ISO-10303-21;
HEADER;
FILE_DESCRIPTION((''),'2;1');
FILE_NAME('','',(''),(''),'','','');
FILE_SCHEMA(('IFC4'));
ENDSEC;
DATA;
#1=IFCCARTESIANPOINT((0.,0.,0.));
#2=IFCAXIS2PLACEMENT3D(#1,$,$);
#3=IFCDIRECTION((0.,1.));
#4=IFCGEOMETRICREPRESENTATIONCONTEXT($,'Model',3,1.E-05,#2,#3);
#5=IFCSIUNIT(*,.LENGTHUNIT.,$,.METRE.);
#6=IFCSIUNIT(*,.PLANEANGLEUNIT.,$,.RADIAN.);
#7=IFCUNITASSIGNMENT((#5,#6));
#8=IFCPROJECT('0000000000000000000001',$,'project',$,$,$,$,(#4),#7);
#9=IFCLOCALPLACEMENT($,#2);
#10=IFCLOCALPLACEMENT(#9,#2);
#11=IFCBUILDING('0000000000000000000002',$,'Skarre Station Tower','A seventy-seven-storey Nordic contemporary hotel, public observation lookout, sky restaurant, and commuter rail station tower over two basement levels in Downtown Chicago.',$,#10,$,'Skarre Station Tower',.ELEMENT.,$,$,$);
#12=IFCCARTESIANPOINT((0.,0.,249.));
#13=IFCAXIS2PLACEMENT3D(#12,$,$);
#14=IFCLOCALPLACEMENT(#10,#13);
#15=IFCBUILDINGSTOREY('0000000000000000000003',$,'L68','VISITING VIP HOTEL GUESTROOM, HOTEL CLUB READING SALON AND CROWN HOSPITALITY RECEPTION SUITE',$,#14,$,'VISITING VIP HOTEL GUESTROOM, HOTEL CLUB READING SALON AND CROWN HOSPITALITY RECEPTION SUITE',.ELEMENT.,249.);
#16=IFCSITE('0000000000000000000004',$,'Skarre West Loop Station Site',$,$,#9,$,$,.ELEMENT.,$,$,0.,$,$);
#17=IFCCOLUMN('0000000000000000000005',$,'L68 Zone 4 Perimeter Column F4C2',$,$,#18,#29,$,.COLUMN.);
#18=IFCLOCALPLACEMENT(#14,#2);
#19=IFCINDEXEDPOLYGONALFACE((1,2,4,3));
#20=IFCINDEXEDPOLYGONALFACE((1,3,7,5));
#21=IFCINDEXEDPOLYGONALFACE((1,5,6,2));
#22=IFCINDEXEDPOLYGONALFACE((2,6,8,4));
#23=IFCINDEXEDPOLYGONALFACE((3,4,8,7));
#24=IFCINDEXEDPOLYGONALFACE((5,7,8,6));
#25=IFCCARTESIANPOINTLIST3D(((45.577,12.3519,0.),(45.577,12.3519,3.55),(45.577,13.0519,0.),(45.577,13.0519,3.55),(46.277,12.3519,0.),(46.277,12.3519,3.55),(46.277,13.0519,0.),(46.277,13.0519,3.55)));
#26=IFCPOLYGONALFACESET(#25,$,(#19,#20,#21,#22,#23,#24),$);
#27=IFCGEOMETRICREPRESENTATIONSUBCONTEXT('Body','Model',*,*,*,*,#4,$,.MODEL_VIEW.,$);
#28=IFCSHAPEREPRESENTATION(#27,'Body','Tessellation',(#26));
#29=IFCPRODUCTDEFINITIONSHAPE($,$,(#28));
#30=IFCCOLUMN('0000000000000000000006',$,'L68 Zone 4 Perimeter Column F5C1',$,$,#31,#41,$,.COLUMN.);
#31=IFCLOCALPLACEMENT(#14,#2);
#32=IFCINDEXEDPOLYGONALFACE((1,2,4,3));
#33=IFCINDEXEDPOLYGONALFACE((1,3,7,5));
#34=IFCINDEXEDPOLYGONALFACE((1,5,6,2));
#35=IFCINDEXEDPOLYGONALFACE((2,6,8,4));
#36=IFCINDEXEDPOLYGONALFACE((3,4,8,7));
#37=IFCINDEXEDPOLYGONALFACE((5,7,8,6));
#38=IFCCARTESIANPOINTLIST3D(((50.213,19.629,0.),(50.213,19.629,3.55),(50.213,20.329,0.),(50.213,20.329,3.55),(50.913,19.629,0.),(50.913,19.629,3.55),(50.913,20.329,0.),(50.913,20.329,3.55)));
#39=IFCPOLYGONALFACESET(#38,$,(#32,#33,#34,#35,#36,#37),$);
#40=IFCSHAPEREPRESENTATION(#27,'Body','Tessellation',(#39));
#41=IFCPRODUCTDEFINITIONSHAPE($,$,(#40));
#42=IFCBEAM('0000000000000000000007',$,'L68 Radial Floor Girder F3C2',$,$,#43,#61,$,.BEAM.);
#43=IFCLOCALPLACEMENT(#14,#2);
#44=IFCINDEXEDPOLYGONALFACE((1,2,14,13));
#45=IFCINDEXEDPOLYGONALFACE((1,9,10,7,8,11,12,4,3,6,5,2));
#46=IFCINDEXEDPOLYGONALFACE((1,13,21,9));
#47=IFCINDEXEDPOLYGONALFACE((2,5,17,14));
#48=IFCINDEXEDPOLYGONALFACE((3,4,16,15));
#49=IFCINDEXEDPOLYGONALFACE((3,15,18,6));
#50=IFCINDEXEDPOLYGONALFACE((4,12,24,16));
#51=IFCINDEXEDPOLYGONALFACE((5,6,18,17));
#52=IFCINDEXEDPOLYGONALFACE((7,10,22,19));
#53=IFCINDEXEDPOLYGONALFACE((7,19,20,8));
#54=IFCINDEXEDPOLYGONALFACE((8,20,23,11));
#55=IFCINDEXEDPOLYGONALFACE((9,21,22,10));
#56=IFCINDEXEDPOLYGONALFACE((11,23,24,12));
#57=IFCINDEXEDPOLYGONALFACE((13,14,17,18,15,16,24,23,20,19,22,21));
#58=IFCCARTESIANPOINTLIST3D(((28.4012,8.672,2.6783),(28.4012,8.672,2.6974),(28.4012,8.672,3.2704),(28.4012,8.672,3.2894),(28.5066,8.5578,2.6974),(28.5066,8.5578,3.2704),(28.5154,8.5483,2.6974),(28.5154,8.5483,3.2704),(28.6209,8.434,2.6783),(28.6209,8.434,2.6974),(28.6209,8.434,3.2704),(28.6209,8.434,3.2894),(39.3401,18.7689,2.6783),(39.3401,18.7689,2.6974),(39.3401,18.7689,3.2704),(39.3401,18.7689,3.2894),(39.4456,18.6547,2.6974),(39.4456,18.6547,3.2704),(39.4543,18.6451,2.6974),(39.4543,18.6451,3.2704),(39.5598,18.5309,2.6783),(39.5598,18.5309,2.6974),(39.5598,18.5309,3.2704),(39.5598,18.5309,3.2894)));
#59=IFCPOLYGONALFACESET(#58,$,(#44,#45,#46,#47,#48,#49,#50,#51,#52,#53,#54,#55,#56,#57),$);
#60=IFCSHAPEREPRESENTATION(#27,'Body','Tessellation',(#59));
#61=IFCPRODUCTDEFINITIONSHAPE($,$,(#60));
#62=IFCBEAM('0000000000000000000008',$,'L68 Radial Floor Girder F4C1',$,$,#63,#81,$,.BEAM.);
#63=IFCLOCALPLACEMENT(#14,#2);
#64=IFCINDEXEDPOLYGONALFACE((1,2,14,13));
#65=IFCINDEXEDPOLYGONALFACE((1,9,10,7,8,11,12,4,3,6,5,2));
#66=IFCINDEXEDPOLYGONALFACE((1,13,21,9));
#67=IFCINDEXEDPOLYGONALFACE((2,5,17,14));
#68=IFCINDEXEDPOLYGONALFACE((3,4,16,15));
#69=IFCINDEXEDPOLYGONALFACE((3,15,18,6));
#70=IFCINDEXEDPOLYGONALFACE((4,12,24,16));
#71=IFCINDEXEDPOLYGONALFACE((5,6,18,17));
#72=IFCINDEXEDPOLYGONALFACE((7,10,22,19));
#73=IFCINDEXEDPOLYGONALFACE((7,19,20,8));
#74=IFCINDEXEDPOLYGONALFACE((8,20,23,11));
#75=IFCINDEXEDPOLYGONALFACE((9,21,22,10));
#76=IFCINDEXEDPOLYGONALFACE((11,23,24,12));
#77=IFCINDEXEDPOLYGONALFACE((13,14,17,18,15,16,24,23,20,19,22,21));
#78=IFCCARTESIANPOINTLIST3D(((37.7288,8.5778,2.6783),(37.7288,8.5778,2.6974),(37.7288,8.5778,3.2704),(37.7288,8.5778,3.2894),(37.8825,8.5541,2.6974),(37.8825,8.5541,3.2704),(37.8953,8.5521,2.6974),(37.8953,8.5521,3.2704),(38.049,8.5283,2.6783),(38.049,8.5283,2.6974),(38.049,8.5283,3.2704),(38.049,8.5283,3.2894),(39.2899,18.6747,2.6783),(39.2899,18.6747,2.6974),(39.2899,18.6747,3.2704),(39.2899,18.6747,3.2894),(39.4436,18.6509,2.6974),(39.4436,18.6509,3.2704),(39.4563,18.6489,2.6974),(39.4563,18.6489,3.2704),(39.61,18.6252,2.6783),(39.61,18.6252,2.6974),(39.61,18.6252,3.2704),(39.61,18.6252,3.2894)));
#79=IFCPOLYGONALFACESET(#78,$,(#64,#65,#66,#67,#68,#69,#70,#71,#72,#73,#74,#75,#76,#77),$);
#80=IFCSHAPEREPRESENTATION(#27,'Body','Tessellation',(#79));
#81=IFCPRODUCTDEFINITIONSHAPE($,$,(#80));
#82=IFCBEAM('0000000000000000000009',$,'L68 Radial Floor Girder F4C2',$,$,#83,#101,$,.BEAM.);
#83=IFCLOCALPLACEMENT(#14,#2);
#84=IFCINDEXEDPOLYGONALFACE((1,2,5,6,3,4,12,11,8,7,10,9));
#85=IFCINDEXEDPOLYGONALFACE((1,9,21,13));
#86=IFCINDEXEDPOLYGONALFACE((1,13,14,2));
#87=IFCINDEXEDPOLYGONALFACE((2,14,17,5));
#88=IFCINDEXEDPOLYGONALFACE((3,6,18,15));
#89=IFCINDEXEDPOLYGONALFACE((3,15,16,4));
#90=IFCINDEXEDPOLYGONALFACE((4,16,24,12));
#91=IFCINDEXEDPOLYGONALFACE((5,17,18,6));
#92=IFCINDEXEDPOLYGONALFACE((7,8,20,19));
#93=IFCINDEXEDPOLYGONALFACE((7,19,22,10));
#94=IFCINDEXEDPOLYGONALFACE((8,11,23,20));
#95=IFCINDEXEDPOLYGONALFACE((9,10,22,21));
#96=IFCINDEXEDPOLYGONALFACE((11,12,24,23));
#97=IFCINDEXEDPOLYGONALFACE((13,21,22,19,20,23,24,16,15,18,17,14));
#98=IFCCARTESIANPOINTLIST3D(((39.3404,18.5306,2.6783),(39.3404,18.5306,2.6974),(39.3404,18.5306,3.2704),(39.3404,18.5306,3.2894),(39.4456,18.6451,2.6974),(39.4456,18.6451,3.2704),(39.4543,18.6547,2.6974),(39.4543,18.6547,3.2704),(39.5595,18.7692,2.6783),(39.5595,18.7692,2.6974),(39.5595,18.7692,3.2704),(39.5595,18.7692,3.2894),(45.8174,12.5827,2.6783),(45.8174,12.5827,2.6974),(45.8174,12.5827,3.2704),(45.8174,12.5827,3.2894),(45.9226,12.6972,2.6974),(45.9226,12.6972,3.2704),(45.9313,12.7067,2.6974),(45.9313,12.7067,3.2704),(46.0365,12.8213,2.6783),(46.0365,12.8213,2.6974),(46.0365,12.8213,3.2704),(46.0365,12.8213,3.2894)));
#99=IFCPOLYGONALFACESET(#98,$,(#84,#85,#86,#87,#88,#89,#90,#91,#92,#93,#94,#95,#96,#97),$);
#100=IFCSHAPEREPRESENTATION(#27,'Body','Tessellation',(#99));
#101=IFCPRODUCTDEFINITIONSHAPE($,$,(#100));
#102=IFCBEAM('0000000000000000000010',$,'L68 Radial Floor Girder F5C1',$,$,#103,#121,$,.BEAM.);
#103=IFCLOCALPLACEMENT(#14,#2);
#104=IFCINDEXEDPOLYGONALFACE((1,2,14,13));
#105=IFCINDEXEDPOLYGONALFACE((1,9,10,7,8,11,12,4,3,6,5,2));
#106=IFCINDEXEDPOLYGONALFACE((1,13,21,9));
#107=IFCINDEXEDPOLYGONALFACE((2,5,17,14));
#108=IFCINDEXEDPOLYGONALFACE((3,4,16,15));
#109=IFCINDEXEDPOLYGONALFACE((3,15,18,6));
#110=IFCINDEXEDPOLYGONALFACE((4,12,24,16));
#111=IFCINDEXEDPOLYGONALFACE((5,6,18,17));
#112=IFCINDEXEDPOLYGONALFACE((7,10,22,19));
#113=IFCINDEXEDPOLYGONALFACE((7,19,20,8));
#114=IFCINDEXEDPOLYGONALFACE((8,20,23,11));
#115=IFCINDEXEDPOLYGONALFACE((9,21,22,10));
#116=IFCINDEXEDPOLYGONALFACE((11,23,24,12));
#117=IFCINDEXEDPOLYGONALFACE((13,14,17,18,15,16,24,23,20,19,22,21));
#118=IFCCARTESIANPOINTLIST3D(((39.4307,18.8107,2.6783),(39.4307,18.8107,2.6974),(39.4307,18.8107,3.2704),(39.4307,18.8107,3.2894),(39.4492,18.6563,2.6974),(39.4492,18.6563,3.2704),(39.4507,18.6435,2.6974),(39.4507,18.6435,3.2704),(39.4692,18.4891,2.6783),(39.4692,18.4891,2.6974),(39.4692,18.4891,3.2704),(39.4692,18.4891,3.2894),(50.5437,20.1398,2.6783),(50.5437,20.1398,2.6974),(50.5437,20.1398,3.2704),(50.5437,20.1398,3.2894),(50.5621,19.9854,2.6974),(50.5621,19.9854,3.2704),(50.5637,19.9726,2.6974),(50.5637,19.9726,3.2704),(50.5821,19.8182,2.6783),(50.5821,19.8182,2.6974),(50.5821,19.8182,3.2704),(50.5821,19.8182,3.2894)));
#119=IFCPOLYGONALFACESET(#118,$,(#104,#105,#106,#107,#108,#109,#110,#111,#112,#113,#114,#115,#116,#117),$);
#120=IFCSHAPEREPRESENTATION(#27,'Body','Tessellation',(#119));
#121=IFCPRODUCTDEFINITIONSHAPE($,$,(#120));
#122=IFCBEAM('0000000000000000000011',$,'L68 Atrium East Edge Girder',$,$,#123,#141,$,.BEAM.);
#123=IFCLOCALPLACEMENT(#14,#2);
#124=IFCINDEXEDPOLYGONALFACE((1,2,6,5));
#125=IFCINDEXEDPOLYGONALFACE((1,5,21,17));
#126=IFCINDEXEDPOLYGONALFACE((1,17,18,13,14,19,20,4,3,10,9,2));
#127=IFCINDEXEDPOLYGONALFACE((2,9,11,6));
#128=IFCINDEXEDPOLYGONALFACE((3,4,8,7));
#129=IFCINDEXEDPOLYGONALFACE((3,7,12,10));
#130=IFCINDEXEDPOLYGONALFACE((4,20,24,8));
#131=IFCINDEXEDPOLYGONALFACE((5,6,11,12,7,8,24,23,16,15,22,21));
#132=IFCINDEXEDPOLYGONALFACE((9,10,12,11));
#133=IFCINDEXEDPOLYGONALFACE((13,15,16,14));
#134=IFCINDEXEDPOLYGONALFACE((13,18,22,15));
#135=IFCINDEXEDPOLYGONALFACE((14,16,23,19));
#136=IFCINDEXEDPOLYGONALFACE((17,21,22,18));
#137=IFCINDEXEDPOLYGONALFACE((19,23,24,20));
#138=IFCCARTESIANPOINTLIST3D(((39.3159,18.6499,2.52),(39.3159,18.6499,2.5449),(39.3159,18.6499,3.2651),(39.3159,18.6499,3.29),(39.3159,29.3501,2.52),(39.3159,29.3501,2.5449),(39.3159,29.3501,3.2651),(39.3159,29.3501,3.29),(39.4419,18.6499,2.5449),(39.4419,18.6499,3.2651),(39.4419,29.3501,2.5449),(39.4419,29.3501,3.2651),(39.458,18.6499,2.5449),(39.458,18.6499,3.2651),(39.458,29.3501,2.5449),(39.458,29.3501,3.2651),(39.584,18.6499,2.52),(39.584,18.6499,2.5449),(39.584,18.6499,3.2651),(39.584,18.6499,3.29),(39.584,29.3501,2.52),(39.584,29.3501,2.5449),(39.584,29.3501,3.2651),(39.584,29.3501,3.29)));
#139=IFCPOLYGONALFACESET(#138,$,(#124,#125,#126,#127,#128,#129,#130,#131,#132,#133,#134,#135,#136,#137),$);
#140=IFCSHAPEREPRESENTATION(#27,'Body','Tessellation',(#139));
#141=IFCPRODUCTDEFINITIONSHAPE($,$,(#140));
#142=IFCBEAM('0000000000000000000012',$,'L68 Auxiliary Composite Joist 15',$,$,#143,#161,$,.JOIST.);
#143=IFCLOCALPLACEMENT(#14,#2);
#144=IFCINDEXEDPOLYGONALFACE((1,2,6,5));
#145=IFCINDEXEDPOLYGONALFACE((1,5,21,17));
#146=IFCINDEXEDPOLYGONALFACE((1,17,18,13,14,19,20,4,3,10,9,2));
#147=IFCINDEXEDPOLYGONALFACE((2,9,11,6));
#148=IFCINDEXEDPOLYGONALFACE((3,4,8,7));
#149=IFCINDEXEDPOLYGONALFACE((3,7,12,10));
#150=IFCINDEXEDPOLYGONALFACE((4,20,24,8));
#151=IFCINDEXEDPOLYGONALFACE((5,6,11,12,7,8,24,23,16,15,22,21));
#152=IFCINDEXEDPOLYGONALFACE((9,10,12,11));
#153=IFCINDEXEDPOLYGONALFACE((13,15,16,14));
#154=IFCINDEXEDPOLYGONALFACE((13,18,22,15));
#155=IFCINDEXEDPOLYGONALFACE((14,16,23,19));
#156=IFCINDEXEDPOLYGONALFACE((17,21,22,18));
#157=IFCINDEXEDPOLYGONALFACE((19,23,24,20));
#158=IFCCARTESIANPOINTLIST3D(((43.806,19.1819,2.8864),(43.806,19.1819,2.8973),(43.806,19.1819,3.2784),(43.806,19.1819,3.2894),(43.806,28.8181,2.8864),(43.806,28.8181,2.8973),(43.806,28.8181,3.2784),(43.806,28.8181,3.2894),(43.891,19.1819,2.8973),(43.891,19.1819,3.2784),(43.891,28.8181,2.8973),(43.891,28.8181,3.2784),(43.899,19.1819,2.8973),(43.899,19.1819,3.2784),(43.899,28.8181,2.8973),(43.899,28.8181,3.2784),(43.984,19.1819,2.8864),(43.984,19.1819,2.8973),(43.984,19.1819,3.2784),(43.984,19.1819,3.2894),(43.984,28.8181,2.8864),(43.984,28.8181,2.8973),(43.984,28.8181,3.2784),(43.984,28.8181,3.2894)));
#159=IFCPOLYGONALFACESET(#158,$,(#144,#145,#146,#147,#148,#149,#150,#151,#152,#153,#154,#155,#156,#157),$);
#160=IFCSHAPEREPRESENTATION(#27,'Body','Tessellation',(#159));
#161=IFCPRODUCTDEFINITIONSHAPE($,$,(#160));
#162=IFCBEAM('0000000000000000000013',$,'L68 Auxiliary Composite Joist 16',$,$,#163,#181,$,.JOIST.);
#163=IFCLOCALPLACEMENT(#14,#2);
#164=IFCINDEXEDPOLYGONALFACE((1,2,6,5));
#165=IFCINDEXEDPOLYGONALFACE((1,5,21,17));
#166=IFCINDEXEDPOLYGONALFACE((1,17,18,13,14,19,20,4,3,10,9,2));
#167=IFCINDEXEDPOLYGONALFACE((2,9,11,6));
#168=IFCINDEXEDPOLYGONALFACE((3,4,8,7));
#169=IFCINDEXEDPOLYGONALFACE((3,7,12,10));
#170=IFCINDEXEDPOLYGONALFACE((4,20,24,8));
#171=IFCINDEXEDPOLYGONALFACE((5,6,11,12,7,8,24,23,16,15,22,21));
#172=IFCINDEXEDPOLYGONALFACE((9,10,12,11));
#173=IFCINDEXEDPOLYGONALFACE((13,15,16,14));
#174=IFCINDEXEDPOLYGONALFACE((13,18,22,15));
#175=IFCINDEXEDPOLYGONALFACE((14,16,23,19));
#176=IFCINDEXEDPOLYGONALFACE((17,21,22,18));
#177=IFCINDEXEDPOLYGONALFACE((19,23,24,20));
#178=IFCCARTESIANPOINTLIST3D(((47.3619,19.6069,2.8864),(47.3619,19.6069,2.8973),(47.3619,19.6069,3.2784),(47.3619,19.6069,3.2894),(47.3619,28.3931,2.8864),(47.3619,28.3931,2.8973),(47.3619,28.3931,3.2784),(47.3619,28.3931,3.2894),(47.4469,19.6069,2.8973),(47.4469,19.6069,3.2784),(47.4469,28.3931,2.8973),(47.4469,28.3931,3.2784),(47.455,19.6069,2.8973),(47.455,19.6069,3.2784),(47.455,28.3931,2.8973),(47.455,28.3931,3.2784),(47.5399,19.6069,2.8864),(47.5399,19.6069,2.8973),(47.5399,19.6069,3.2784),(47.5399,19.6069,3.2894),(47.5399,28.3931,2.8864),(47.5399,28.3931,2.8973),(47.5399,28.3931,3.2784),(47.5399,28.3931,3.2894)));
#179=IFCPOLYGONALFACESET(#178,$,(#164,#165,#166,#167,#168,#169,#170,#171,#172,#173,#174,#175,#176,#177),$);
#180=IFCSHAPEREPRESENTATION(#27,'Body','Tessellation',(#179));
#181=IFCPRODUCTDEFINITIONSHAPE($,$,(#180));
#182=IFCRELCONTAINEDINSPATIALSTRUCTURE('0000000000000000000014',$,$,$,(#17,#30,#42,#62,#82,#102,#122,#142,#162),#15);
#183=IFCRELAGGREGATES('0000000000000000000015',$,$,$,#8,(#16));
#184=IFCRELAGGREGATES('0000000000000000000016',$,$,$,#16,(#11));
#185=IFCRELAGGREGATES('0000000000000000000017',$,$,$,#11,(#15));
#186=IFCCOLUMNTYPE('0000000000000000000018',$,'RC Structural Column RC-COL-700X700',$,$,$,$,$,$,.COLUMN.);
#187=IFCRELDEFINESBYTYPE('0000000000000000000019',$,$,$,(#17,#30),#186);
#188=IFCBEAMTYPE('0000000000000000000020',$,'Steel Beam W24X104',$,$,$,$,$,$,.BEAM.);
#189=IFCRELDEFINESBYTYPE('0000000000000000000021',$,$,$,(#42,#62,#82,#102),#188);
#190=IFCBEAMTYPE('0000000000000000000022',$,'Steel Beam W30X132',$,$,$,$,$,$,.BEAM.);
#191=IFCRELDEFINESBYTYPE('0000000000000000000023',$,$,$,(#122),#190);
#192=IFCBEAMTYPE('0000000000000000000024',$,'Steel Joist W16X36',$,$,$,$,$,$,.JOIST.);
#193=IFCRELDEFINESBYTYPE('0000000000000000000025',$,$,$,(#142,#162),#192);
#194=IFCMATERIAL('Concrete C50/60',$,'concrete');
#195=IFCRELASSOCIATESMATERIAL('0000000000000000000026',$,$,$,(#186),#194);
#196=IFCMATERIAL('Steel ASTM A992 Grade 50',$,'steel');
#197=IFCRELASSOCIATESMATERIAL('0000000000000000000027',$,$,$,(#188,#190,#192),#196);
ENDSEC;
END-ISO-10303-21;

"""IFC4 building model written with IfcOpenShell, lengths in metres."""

from ifc_helpers import new_model, si_unit, direction, frame, origin, origin_2d, place, context, subcontext, project, spatial, rectangle, i_section, extrude, material, material_profile, profile_set, type_object, element, save


model = new_model("IFC4")

# Units and contexts
model_context = context("Model", 3, precision=1e-05, world=origin(), true_north=direction((0.0, 1.0)))
body_context = subcontext(model_context, "Body", "Model", "MODEL_VIEW")
ifc_project = project(units=[si_unit("LENGTHUNIT", "METRE"), si_unit("PLANEANGLEUNIT", "RADIAN")], contexts=[model_context])

# Site, building, storey
site_placement = place(None, origin())
site = spatial("IfcSite", under=ifc_project, at=site_placement, Name="Skarre West Loop Station Site", CompositionType="ELEMENT", RefElevation=0.0)
building_placement = place(site_placement, origin())
building = spatial("IfcBuilding", under=site, at=building_placement, Name="Skarre Station Tower", Description="A seventy-seven-storey Nordic contemporary hotel, public observation lookout, sky restaurant, and commuter rail station tower over two basement levels in Downtown Chicago.", LongName="Skarre Station Tower", CompositionType="ELEMENT")
storey_placement = place(building_placement, frame((0.0, 0.0, 249.0)))
storey = spatial("IfcBuildingStorey", under=building, at=storey_placement, Name="L68", Description="VISITING VIP HOTEL GUESTROOM, HOTEL CLUB READING SALON AND CROWN HOSPITALITY RECEPTION SUITE", LongName="VISITING VIP HOTEL GUESTROOM, HOTEL CLUB READING SALON AND CROWN HOSPITALITY RECEPTION SUITE", CompositionType="ELEMENT", Elevation=249.0)

# Columns
ifc_material_1 = material(Name="Concrete C50/60", Category="concrete")
ifc_material_profile_1 = material_profile(ifc_material_1, rectangle(XDim=0.7, YDim=0.7, at=origin_2d()), Name="Concrete C50/60")
ifc_profile_set_1 = profile_set([ifc_material_profile_1], Name="Concrete C50/60")
column_type = type_object("IfcColumnType", Name="RC Structural Column RC-COL-700X700", PredefinedType="COLUMN", material=ifc_profile_set_1)
for number, where, z_axis, x_axis, name in (
    (1, (45.927, 12.7019, 0.0), (0.0, 0.0, 1.0), (1.0, 0.0, 0.0), "L68 Zone 4 Perimeter Column F4C2"),
    (2, (50.563, 19.979, 0.0), (0.0, 0.0, 1.0), (1.0, 0.0, 0.0), "L68 Zone 4 Perimeter Column F5C1"),
):
    element("IfcColumn", number, at=place(storey_placement, frame(where, z_axis=z_axis, x_axis=x_axis)), inside=storey, type_object=column_type, Name=name, PredefinedType="COLUMN", context=body_context, shape_type="SweptSolid", body=[
        extrude(rectangle(XDim=0.7, YDim=0.7, at=origin_2d()), origin(), (0.0, 0.0, 1.0), 3.55),
    ])

# Beams
ifc_material_2 = material(Name="Steel ASTM A992 Grade 50", Category="steel")
ifc_material_profile_2 = material_profile(ifc_material_2, i_section(OverallWidth=0.324, OverallDepth=0.6111, WebThickness=0.0129, FlangeThickness=0.019, at=origin_2d()), Name="Steel ASTM A992 Grade 50")
ifc_profile_set_2 = profile_set([ifc_material_profile_2], Name="Steel ASTM A992 Grade 50")
beam_type_1 = type_object("IfcBeamType", Name="Steel Beam W24X104", PredefinedType="BEAM", material=ifc_profile_set_2)
beam_1_placement = place(storey_placement, frame((39.45, 18.6499, 2.9839), z_axis=(-0.734823, -0.678259, 0.0), x_axis=(0.678259, -0.734823, 0.0)))
element("IfcBeam", 3, at=beam_1_placement, inside=storey, type_object=beam_type_1, Name="L68 Radial Floor Girder F3C2", PredefinedType="BEAM", context=body_context, shape_type="SweptSolid", body=[
    extrude(i_section(OverallWidth=0.324, OverallDepth=0.6111, WebThickness=0.0129, FlangeThickness=0.019, at=origin_2d()), origin(), (0.0, 0.0, 1.0), 14.8865),
])
beam_2_placement = place(storey_placement, frame((39.45, 18.6499, 2.9839), z_axis=(-0.15279, -0.988259, 0.0), x_axis=(0.988259, -0.15279, 0.0)))
element("IfcBeam", 4, at=beam_2_placement, inside=storey, type_object=beam_type_1, Name="L68 Radial Floor Girder F4C1", PredefinedType="BEAM", context=body_context, shape_type="SweptSolid", body=[
    extrude(i_section(OverallWidth=0.324, OverallDepth=0.6111, WebThickness=0.0129, FlangeThickness=0.019, at=origin_2d()), origin(), (0.0, 0.0, 1.0), 10.2168),
])
beam_3_placement = place(storey_placement, frame((39.45, 18.6499, 2.9839), z_axis=(0.736548, -0.676386, 0.0), x_axis=(0.676386, 0.736548, 0.0)))
element("IfcBeam", 5, at=beam_3_placement, inside=storey, type_object=beam_type_1, Name="L68 Radial Floor Girder F4C2", PredefinedType="BEAM", context=body_context, shape_type="SweptSolid", body=[
    extrude(i_section(OverallWidth=0.324, OverallDepth=0.6111, WebThickness=0.0129, FlangeThickness=0.019, at=origin_2d()), origin(), (0.0, 0.0, 1.0), 8.7937),
])
beam_4_placement = place(storey_placement, frame((39.45, 18.6499, 2.9839), z_axis=(0.992924, 0.118752, 0.0), x_axis=(-0.118752, 0.992924, 0.0)))
element("IfcBeam", 6, at=beam_4_placement, inside=storey, type_object=beam_type_1, Name="L68 Radial Floor Girder F5C1", PredefinedType="BEAM", context=body_context, shape_type="SweptSolid", body=[
    extrude(i_section(OverallWidth=0.324, OverallDepth=0.6111, WebThickness=0.0129, FlangeThickness=0.019, at=origin_2d()), origin(), (0.0, 0.0, 1.0), 11.1921),
])
ifc_material_profile_3 = material_profile(ifc_material_2, i_section(OverallWidth=0.2681, OverallDepth=0.77, WebThickness=0.0161, FlangeThickness=0.0249, at=origin_2d()), Name="Steel ASTM A992 Grade 50")
ifc_profile_set_3 = profile_set([ifc_material_profile_3], Name="Steel ASTM A992 Grade 50")
beam_type_2 = type_object("IfcBeamType", Name="Steel Beam W30X132", PredefinedType="BEAM", material=ifc_profile_set_3)
beam_5_placement = place(storey_placement, frame((39.45, 18.6499, 2.905), z_axis=(0.0, 1.0, 0.0), x_axis=(-1.0, 0.0, 0.0)))
element("IfcBeam", 7, at=beam_5_placement, inside=storey, type_object=beam_type_2, Name="L68 Atrium East Edge Girder", PredefinedType="BEAM", context=body_context, shape_type="SweptSolid", body=[
    extrude(i_section(OverallWidth=0.2681, OverallDepth=0.77, WebThickness=0.0161, FlangeThickness=0.0249, at=origin_2d()), origin(), (0.0, 0.0, 1.0), 10.7002),
])
ifc_material_profile_4 = material_profile(ifc_material_2, i_section(OverallWidth=0.178, OverallDepth=0.4031, WebThickness=0.0081, FlangeThickness=0.011, at=origin_2d()), Name="Steel ASTM A992 Grade 50")
ifc_profile_set_4 = profile_set([ifc_material_profile_4], Name="Steel ASTM A992 Grade 50")
beam_type_3 = type_object("IfcBeamType", Name="Steel Joist W16X36", PredefinedType="JOIST", material=ifc_profile_set_4)
beam_6_placement = place(storey_placement, frame((43.895, 19.1819, 3.0879), z_axis=(0.0, 1.0, 0.0), x_axis=(-1.0, 0.0, 0.0)))
element("IfcBeam", 8, at=beam_6_placement, inside=storey, type_object=beam_type_3, Name="L68 Auxiliary Composite Joist 15", PredefinedType="JOIST", context=body_context, shape_type="SweptSolid", body=[
    extrude(i_section(OverallWidth=0.178, OverallDepth=0.4031, WebThickness=0.0081, FlangeThickness=0.011, at=origin_2d()), origin(), (0.0, 0.0, 1.0), 9.6362),
])
beam_7_placement = place(storey_placement, frame((47.4509, 19.6069, 3.0879), z_axis=(0.0, 1.0, 0.0), x_axis=(-1.0, 0.0, 0.0)))
element("IfcBeam", 9, at=beam_7_placement, inside=storey, type_object=beam_type_3, Name="L68 Auxiliary Composite Joist 16", PredefinedType="JOIST", context=body_context, shape_type="SweptSolid", body=[
    extrude(i_section(OverallWidth=0.178, OverallDepth=0.4031, WebThickness=0.0081, FlangeThickness=0.011, at=origin_2d()), origin(), (0.0, 0.0, 1.0), 8.7861),
])

save(model, "model.ifc")
